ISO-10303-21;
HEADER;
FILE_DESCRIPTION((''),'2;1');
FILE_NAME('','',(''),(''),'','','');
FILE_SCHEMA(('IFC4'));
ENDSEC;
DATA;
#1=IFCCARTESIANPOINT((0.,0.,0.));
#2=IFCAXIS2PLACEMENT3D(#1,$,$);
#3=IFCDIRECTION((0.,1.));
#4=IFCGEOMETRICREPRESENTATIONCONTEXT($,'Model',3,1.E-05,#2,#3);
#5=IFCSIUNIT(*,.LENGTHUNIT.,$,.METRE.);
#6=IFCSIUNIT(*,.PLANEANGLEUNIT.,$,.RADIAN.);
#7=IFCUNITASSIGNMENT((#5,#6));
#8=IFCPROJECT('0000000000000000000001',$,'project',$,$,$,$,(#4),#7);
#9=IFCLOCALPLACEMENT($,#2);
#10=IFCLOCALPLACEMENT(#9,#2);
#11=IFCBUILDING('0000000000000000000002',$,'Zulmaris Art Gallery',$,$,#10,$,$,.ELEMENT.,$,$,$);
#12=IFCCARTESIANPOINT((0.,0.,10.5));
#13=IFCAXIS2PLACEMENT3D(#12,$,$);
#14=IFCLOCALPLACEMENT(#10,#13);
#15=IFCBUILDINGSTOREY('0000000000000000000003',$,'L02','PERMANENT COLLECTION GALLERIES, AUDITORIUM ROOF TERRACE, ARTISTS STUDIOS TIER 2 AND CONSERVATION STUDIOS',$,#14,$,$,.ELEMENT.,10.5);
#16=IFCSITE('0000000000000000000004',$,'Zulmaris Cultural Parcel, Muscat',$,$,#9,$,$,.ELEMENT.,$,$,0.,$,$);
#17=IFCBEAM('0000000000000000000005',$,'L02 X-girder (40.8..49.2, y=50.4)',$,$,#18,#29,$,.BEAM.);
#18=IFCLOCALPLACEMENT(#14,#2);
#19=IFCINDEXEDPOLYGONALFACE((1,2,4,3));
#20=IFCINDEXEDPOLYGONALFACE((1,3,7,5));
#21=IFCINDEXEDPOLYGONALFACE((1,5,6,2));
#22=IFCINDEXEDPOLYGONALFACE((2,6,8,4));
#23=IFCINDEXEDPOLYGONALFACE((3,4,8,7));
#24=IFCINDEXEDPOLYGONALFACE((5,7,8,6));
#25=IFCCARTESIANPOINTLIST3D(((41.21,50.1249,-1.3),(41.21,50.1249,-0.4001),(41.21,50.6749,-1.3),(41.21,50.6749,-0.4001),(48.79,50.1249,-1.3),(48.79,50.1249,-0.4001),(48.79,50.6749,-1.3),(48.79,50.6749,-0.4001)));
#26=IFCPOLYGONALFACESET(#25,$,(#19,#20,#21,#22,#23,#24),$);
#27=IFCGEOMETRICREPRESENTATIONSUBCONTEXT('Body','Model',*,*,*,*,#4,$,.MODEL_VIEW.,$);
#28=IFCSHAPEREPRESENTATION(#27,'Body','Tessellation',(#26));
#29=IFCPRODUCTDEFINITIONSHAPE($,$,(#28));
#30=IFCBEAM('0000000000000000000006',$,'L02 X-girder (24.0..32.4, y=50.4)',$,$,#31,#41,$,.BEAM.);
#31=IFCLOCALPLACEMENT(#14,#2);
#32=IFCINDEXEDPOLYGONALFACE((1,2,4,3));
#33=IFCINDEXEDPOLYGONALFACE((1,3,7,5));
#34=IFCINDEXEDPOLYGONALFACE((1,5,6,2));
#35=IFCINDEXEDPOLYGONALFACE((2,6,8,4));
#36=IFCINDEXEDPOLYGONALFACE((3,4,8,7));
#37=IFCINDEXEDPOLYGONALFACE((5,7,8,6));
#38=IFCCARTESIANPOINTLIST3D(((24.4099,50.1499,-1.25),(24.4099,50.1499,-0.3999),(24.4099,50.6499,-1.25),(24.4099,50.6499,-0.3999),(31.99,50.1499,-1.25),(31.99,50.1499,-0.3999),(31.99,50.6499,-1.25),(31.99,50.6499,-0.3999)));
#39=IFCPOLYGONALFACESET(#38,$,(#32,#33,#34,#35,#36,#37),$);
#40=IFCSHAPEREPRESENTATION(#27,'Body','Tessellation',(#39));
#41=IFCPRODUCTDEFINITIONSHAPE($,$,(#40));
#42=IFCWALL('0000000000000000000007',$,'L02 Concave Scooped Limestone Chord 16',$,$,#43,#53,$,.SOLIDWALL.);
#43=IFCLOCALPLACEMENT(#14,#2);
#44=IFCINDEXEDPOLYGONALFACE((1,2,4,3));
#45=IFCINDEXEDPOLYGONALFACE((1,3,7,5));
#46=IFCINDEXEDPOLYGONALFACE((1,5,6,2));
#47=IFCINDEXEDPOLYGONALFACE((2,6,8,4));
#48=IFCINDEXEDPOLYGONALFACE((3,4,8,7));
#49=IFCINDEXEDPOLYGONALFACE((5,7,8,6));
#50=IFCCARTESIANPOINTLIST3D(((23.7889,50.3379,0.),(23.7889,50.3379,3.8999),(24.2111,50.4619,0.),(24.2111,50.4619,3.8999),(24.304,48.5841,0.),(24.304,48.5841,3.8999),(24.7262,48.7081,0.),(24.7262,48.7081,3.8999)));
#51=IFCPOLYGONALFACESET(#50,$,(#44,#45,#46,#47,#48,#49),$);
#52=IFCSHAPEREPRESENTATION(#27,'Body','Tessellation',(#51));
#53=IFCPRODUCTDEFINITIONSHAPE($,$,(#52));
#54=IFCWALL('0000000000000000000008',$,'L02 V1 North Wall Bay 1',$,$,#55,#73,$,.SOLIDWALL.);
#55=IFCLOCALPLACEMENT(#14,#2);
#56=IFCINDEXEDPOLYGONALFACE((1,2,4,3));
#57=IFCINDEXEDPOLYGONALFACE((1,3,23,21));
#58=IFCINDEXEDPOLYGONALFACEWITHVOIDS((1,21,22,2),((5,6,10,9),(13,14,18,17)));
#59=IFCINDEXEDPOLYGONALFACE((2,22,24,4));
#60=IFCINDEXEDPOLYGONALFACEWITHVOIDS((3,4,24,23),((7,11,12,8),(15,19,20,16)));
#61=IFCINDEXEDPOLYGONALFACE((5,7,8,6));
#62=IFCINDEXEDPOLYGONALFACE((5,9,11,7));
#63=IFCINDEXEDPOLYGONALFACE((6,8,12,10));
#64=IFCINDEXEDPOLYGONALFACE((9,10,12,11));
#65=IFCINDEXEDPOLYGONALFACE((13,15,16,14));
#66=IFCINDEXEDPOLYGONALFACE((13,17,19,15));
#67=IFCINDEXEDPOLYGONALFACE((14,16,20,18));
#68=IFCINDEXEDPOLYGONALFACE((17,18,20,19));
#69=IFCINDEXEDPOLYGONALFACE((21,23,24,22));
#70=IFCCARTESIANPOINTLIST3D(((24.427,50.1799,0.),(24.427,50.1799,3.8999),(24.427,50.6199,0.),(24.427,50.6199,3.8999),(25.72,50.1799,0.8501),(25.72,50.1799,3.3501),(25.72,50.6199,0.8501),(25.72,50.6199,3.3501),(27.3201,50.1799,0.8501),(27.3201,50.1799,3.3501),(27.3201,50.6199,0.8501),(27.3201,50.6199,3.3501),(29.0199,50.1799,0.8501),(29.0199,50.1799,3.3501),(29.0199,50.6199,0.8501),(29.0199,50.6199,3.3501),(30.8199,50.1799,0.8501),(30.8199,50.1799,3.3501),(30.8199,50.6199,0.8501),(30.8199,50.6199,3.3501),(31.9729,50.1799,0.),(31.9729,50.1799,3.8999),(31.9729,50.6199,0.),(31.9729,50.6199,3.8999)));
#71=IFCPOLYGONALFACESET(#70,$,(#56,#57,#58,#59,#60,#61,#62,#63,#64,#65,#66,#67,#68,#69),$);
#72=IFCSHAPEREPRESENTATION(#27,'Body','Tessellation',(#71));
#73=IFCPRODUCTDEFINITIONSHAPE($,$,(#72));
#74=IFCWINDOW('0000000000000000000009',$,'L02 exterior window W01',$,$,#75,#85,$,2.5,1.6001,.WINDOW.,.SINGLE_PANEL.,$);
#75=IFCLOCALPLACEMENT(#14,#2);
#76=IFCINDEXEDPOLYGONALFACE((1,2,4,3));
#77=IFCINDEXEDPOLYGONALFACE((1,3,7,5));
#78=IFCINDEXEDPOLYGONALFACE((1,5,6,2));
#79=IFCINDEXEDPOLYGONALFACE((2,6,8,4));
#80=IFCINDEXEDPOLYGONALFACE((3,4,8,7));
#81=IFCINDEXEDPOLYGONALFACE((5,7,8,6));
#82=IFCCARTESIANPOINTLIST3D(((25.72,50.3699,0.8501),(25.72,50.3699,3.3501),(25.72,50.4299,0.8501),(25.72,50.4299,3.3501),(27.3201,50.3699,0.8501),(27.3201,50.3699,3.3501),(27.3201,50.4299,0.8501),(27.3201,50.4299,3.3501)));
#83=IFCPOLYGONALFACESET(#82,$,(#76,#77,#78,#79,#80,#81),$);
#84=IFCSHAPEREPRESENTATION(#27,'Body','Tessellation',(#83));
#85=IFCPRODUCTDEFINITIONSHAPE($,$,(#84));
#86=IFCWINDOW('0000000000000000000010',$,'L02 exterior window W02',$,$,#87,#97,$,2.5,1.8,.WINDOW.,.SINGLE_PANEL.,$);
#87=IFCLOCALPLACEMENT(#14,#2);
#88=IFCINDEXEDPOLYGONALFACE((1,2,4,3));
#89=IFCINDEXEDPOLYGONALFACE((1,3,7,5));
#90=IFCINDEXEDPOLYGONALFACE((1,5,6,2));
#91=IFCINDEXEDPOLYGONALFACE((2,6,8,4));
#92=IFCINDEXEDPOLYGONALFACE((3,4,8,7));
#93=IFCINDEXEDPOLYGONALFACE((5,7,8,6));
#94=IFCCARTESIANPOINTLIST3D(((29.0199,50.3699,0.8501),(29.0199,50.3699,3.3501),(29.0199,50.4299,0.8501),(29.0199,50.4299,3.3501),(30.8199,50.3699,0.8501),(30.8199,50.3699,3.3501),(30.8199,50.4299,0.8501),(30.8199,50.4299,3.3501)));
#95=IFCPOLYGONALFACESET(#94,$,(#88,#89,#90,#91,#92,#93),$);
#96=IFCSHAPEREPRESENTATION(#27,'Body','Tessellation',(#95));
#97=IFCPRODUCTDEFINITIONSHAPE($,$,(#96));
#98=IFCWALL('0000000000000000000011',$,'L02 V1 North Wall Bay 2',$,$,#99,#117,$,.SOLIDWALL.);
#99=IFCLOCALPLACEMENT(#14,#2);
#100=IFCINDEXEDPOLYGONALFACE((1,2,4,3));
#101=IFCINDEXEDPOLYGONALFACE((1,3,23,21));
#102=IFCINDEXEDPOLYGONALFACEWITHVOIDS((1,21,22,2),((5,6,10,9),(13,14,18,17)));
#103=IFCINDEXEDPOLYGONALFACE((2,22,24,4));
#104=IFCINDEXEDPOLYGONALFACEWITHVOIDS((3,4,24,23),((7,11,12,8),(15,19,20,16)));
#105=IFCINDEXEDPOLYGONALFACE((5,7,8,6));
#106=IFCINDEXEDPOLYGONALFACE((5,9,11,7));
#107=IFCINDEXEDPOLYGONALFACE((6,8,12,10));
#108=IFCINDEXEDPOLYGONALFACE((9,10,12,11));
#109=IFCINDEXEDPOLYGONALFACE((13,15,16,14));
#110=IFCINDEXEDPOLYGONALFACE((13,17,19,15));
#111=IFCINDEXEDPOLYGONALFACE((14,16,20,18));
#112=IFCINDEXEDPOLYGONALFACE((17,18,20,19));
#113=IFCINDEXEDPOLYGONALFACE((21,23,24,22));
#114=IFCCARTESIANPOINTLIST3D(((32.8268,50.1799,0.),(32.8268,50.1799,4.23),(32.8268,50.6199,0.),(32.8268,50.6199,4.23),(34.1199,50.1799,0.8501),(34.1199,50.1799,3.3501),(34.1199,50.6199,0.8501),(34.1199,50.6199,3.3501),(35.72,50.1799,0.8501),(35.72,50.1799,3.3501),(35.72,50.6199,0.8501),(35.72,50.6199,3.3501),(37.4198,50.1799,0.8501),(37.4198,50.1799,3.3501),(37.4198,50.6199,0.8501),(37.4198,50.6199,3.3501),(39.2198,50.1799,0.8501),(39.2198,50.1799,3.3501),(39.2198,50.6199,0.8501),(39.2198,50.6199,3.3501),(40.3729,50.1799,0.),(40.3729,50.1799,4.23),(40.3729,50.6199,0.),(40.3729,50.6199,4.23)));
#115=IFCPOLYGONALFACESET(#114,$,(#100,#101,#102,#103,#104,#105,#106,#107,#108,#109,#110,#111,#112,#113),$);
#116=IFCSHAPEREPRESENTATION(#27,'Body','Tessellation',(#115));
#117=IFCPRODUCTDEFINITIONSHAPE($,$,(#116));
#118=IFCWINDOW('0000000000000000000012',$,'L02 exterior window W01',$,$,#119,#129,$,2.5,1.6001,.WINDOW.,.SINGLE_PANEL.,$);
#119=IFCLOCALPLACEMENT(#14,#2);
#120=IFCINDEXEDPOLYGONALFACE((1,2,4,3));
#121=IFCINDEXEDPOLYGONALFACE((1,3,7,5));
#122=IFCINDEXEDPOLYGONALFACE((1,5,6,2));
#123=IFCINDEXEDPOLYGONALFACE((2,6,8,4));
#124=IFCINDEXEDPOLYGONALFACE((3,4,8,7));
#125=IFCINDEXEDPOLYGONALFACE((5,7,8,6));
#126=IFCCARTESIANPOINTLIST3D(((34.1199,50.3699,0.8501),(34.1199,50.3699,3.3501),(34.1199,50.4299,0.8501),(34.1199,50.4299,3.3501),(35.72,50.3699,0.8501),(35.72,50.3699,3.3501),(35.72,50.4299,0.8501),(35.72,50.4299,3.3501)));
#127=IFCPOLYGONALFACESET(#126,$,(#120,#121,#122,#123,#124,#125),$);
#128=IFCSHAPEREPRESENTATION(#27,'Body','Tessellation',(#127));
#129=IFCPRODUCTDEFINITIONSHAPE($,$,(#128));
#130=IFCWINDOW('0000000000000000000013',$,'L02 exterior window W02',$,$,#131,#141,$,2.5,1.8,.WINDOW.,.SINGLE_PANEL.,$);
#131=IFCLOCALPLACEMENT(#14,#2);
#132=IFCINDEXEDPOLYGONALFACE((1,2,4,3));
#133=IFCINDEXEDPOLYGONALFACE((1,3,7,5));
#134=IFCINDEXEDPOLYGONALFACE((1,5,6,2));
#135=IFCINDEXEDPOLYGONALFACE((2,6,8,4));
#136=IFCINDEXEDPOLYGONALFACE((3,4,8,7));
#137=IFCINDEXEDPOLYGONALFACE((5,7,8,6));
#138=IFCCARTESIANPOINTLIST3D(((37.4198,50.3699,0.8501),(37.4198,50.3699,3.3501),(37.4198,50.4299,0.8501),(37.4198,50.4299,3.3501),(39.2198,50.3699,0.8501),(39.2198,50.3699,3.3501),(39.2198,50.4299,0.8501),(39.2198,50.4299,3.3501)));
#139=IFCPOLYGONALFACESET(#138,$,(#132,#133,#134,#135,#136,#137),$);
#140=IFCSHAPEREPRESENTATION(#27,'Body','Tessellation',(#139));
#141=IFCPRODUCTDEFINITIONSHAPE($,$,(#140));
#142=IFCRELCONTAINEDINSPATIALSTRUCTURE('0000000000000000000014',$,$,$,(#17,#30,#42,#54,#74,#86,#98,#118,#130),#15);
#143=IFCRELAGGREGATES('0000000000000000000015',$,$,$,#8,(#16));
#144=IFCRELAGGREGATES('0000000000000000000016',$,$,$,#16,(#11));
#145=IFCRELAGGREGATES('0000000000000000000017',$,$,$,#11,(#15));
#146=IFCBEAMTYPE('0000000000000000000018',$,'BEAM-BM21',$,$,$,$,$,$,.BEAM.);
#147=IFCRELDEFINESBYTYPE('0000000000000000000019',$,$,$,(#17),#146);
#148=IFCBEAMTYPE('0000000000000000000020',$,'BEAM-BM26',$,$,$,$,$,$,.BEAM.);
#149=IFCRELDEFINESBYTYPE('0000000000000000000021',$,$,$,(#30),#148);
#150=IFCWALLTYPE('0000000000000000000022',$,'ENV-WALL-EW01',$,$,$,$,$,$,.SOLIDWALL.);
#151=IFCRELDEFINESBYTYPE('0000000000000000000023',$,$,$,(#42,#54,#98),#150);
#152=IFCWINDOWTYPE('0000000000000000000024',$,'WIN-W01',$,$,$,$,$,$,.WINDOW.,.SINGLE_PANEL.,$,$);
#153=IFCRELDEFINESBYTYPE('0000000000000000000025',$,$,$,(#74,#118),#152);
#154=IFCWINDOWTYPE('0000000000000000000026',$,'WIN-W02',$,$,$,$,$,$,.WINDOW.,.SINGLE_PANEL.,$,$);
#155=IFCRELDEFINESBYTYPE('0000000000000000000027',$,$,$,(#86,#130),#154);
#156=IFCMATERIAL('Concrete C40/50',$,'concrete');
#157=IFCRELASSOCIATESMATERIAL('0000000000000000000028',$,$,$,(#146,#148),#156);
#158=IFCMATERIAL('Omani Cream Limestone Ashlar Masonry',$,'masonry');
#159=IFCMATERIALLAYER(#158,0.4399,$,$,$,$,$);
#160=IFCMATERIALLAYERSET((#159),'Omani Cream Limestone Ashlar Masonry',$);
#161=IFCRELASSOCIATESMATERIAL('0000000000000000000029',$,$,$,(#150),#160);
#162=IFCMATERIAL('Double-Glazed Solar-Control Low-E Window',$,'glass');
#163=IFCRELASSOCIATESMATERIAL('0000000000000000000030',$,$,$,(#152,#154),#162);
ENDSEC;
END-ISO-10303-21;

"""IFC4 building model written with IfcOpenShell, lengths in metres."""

from ifc_helpers import new_model, si_unit, direction, frame, frame_2d, origin, origin_2d, place, context, subcontext, project, spatial, rectangle, extrude, material, layer, layer_set, material_profile, profile_set, type_object, element, fill, save


model = new_model("IFC4")

# Units and contexts
model_context = context("Model", 3, precision=1e-05, world=origin(), true_north=direction((0.0, 1.0)))
body_context = subcontext(model_context, "Body", "Model", "MODEL_VIEW")
ifc_project = project(units=[si_unit("LENGTHUNIT", "METRE"), si_unit("PLANEANGLEUNIT", "RADIAN")], contexts=[model_context])

# Site, building, storey
site_placement = place(None, origin())
site = spatial("IfcSite", under=ifc_project, at=site_placement, Name="Zulmaris Cultural Parcel, Muscat", CompositionType="ELEMENT", RefElevation=0.0)
building_placement = place(site_placement, origin())
building = spatial("IfcBuilding", under=site, at=building_placement, Name="Zulmaris Art Gallery", CompositionType="ELEMENT")
storey_placement = place(building_placement, frame((0.0, 0.0, 10.5)))
storey = spatial("IfcBuildingStorey", under=building, at=storey_placement, Name="L02", Description="PERMANENT COLLECTION GALLERIES, AUDITORIUM ROOF TERRACE, ARTISTS STUDIOS TIER 2 AND CONSERVATION STUDIOS", CompositionType="ELEMENT", Elevation=10.5)

# Beams
ifc_material_1 = material(Name="Concrete C40/50", Category="concrete")
ifc_material_profile_1 = material_profile(ifc_material_1, rectangle(XDim=0.55, YDim=0.8999, at=origin_2d()), Name="RC 550x900")
ifc_profile_set_1 = profile_set([ifc_material_profile_1], Name="Concrete C40/50")
beam_type_1 = type_object("IfcBeamType", Name="BEAM-BM21", PredefinedType="BEAM", material=ifc_profile_set_1)
beam_1_placement = place(storey_placement, frame((41.21, 50.3999, -0.8501), z_axis=(1.0, 0.0, 0.0), x_axis=(0.0, 1.0, 0.0)))
element("IfcBeam", 1, at=beam_1_placement, inside=storey, type_object=beam_type_1, Name="L02 X-girder (40.8..49.2, y=50.4)", PredefinedType="BEAM", context=body_context, shape_type="SweptSolid", body=[
    extrude(rectangle(XDim=0.55, YDim=0.8999, at=origin_2d()), origin(), (0.0, 0.0, 1.0), 7.5801),
])
ifc_material_profile_2 = material_profile(ifc_material_1, rectangle(XDim=0.5, YDim=0.8501, at=origin_2d()), Name="RC 500x850")
ifc_profile_set_2 = profile_set([ifc_material_profile_2], Name="Concrete C40/50")
beam_type_2 = type_object("IfcBeamType", Name="BEAM-BM26", PredefinedType="BEAM", material=ifc_profile_set_2)
beam_2_placement = place(storey_placement, frame((24.4099, 50.3999, -0.825), z_axis=(1.0, 0.0, 0.0), x_axis=(0.0, 1.0, 0.0)))
element("IfcBeam", 2, at=beam_2_placement, inside=storey, type_object=beam_type_2, Name="L02 X-girder (24.0..32.4, y=50.4)", PredefinedType="BEAM", context=body_context, shape_type="SweptSolid", body=[
    extrude(rectangle(XDim=0.5, YDim=0.8501, at=origin_2d()), origin(), (0.0, 0.0, 1.0), 7.5801),
])

# Wall
ifc_material_2 = material(Name="Omani Cream Limestone Ashlar Masonry", Category="masonry")
ifc_layer_1 = layer(ifc_material_2, 0.4399)
ifc_layer_set_1 = layer_set([ifc_layer_1], Name="Omani Cream Limestone Ashlar Masonry")
wall_type_1 = type_object("IfcWallType", Name="ENV-WALL-EW01", PredefinedType="SOLIDWALL", material=ifc_layer_set_1)
wall_1_placement = place(storey_placement, frame((24.5151, 48.646, 0.0), z_axis=(0.0, 0.0, 1.0), x_axis=(-0.281805, 0.959472, 0.0)))
element("IfcWall", 3, at=wall_1_placement, inside=storey, type_object=wall_type_1, Name="L02 Concave Scooped Limestone Chord 16", PredefinedType="SOLIDWALL", context=body_context, shape_type="SweptSolid", body=[
    extrude(rectangle(XDim=1.8279, YDim=0.4399, at=frame_2d((0.9141, 0.0))), origin(), (0.0, 0.0, 1.0), 3.8999),
])

# Walls, openings, windows
wall_2_placement = place(storey_placement, frame((24.427, 50.3999, 0.0), z_axis=(0.0, 0.0, 1.0), x_axis=(1.0, 0.0, 0.0)))
wall_2 = element("IfcWall", 4, at=wall_2_placement, inside=storey, type_object=wall_type_1, Name="L02 V1 North Wall Bay 1", PredefinedType="SOLIDWALL", context=body_context, shape_type="SweptSolid", body=[
    extrude(rectangle(XDim=7.5459, YDim=0.4399, at=frame_2d((3.7729, 0.0))), origin(), (0.0, 0.0, 1.0), 3.8999),
])
opening_1_placement = place(wall_2_placement, frame((1.293, 0.0, 0.8501)))
opening_1 = element("IfcOpeningElement", 5, at=opening_1_placement, cuts=wall_2, PredefinedType="OPENING", context=body_context, shape_type="SweptSolid", body=[
    extrude(rectangle(XDim=1.6001, YDim=2.5, at=frame_2d((0.8, 1.25))), frame((0.0, 0.23, 0.0), z_axis=(0.0, -1.0, 0.0), x_axis=(1.0, 0.0, 0.0)), (0.0, 0.0, 1.0), 0.46),
])
opening_2_placement = place(wall_2_placement, frame((4.593, 0.0, 0.8501)))
opening_2 = element("IfcOpeningElement", 6, at=opening_2_placement, cuts=wall_2, PredefinedType="OPENING", context=body_context, shape_type="SweptSolid", body=[
    extrude(rectangle(XDim=1.8, YDim=2.5, at=frame_2d((0.8999, 1.25))), frame((0.0, 0.23, 0.0), z_axis=(0.0, -1.0, 0.0), x_axis=(1.0, 0.0, 0.0)), (0.0, 0.0, 1.0), 0.46),
])
ifc_material_3 = material(Name="Double-Glazed Solar-Control Low-E Window", Category="glass")
window_type_1 = type_object("IfcWindowType", Name="WIN-W01", PartitioningType="SINGLE_PANEL", PredefinedType="WINDOW", material=ifc_material_3)
window_1_placement = place(opening_1_placement, origin())
window_1 = element("IfcWindow", 7, at=window_1_placement, inside=storey, type_object=window_type_1, Name="L02 exterior window W01", OverallHeight=2.5, OverallWidth=1.6001, PartitioningType="SINGLE_PANEL", PredefinedType="WINDOW", context=body_context, shape_type="SweptSolid", body=[
    extrude(rectangle(XDim=1.6001, YDim=2.5, at=frame_2d((0.8, 1.25))), frame((0.0, 0.03, 0.0), z_axis=(0.0, -1.0, 0.0), x_axis=(1.0, 0.0, 0.0)), (0.0, 0.0, 1.0), 0.0601),
])
fill(opening_1, window_1)
window_type_2 = type_object("IfcWindowType", Name="WIN-W02", PartitioningType="SINGLE_PANEL", PredefinedType="WINDOW", material=ifc_material_3)
window_2_placement = place(opening_2_placement, origin())
window_2 = element("IfcWindow", 8, at=window_2_placement, inside=storey, type_object=window_type_2, Name="L02 exterior window W02", OverallHeight=2.5, OverallWidth=1.8, PartitioningType="SINGLE_PANEL", PredefinedType="WINDOW", context=body_context, shape_type="SweptSolid", body=[
    extrude(rectangle(XDim=1.8, YDim=2.5, at=frame_2d((0.8999, 1.25))), frame((0.0, 0.03, 0.0), z_axis=(0.0, -1.0, 0.0), x_axis=(1.0, 0.0, 0.0)), (0.0, 0.0, 1.0), 0.0601),
])
fill(opening_2, window_2)
wall_3_placement = place(storey_placement, frame((32.8269, 50.3999, 0.0), z_axis=(0.0, 0.0, 1.0), x_axis=(1.0, 0.0, 0.0)))
wall_3 = element("IfcWall", 9, at=wall_3_placement, inside=storey, type_object=wall_type_1, Name="L02 V1 North Wall Bay 2", PredefinedType="SOLIDWALL", context=body_context, shape_type="SweptSolid", body=[
    extrude(rectangle(XDim=7.5461, YDim=0.4399, at=frame_2d((3.7729, 0.0))), origin(), (0.0, 0.0, 1.0), 4.23),
])
opening_3_placement = place(wall_3_placement, frame((1.293, 0.0, 0.8501)))
opening_3 = element("IfcOpeningElement", 10, at=opening_3_placement, cuts=wall_3, PredefinedType="OPENING", context=body_context, shape_type="SweptSolid", body=[
    extrude(rectangle(XDim=1.6001, YDim=2.5, at=frame_2d((0.8, 1.25))), frame((0.0, 0.23, 0.0), z_axis=(0.0, -1.0, 0.0), x_axis=(1.0, 0.0, 0.0)), (0.0, 0.0, 1.0), 0.46),
])
opening_4_placement = place(wall_3_placement, frame((4.593, 0.0, 0.8501)))
opening_4 = element("IfcOpeningElement", 11, at=opening_4_placement, cuts=wall_3, PredefinedType="OPENING", context=body_context, shape_type="SweptSolid", body=[
    extrude(rectangle(XDim=1.8, YDim=2.5, at=frame_2d((0.8999, 1.25))), frame((0.0, 0.23, 0.0), z_axis=(0.0, -1.0, 0.0), x_axis=(1.0, 0.0, 0.0)), (0.0, 0.0, 1.0), 0.46),
])
window_3_placement = place(opening_3_placement, origin())
window_3 = element("IfcWindow", 12, at=window_3_placement, inside=storey, type_object=window_type_1, Name="L02 exterior window W01", OverallHeight=2.5, OverallWidth=1.6001, PartitioningType="SINGLE_PANEL", PredefinedType="WINDOW", context=body_context, shape_type="SweptSolid", body=[
    extrude(rectangle(XDim=1.6001, YDim=2.5, at=frame_2d((0.8, 1.25))), frame((0.0, 0.03, 0.0), z_axis=(0.0, -1.0, 0.0), x_axis=(1.0, 0.0, 0.0)), (0.0, 0.0, 1.0), 0.0601),
])
fill(opening_3, window_3)
window_4_placement = place(opening_4_placement, origin())
window_4 = element("IfcWindow", 13, at=window_4_placement, inside=storey, type_object=window_type_2, Name="L02 exterior window W02", OverallHeight=2.5, OverallWidth=1.8, PartitioningType="SINGLE_PANEL", PredefinedType="WINDOW", context=body_context, shape_type="SweptSolid", body=[
    extrude(rectangle(XDim=1.8, YDim=2.5, at=frame_2d((0.8999, 1.25))), frame((0.0, 0.03, 0.0), z_axis=(0.0, -1.0, 0.0), x_axis=(1.0, 0.0, 0.0)), (0.0, 0.0, 1.0), 0.0601),
])
fill(opening_4, window_4)

save(model, "model.ifc")
